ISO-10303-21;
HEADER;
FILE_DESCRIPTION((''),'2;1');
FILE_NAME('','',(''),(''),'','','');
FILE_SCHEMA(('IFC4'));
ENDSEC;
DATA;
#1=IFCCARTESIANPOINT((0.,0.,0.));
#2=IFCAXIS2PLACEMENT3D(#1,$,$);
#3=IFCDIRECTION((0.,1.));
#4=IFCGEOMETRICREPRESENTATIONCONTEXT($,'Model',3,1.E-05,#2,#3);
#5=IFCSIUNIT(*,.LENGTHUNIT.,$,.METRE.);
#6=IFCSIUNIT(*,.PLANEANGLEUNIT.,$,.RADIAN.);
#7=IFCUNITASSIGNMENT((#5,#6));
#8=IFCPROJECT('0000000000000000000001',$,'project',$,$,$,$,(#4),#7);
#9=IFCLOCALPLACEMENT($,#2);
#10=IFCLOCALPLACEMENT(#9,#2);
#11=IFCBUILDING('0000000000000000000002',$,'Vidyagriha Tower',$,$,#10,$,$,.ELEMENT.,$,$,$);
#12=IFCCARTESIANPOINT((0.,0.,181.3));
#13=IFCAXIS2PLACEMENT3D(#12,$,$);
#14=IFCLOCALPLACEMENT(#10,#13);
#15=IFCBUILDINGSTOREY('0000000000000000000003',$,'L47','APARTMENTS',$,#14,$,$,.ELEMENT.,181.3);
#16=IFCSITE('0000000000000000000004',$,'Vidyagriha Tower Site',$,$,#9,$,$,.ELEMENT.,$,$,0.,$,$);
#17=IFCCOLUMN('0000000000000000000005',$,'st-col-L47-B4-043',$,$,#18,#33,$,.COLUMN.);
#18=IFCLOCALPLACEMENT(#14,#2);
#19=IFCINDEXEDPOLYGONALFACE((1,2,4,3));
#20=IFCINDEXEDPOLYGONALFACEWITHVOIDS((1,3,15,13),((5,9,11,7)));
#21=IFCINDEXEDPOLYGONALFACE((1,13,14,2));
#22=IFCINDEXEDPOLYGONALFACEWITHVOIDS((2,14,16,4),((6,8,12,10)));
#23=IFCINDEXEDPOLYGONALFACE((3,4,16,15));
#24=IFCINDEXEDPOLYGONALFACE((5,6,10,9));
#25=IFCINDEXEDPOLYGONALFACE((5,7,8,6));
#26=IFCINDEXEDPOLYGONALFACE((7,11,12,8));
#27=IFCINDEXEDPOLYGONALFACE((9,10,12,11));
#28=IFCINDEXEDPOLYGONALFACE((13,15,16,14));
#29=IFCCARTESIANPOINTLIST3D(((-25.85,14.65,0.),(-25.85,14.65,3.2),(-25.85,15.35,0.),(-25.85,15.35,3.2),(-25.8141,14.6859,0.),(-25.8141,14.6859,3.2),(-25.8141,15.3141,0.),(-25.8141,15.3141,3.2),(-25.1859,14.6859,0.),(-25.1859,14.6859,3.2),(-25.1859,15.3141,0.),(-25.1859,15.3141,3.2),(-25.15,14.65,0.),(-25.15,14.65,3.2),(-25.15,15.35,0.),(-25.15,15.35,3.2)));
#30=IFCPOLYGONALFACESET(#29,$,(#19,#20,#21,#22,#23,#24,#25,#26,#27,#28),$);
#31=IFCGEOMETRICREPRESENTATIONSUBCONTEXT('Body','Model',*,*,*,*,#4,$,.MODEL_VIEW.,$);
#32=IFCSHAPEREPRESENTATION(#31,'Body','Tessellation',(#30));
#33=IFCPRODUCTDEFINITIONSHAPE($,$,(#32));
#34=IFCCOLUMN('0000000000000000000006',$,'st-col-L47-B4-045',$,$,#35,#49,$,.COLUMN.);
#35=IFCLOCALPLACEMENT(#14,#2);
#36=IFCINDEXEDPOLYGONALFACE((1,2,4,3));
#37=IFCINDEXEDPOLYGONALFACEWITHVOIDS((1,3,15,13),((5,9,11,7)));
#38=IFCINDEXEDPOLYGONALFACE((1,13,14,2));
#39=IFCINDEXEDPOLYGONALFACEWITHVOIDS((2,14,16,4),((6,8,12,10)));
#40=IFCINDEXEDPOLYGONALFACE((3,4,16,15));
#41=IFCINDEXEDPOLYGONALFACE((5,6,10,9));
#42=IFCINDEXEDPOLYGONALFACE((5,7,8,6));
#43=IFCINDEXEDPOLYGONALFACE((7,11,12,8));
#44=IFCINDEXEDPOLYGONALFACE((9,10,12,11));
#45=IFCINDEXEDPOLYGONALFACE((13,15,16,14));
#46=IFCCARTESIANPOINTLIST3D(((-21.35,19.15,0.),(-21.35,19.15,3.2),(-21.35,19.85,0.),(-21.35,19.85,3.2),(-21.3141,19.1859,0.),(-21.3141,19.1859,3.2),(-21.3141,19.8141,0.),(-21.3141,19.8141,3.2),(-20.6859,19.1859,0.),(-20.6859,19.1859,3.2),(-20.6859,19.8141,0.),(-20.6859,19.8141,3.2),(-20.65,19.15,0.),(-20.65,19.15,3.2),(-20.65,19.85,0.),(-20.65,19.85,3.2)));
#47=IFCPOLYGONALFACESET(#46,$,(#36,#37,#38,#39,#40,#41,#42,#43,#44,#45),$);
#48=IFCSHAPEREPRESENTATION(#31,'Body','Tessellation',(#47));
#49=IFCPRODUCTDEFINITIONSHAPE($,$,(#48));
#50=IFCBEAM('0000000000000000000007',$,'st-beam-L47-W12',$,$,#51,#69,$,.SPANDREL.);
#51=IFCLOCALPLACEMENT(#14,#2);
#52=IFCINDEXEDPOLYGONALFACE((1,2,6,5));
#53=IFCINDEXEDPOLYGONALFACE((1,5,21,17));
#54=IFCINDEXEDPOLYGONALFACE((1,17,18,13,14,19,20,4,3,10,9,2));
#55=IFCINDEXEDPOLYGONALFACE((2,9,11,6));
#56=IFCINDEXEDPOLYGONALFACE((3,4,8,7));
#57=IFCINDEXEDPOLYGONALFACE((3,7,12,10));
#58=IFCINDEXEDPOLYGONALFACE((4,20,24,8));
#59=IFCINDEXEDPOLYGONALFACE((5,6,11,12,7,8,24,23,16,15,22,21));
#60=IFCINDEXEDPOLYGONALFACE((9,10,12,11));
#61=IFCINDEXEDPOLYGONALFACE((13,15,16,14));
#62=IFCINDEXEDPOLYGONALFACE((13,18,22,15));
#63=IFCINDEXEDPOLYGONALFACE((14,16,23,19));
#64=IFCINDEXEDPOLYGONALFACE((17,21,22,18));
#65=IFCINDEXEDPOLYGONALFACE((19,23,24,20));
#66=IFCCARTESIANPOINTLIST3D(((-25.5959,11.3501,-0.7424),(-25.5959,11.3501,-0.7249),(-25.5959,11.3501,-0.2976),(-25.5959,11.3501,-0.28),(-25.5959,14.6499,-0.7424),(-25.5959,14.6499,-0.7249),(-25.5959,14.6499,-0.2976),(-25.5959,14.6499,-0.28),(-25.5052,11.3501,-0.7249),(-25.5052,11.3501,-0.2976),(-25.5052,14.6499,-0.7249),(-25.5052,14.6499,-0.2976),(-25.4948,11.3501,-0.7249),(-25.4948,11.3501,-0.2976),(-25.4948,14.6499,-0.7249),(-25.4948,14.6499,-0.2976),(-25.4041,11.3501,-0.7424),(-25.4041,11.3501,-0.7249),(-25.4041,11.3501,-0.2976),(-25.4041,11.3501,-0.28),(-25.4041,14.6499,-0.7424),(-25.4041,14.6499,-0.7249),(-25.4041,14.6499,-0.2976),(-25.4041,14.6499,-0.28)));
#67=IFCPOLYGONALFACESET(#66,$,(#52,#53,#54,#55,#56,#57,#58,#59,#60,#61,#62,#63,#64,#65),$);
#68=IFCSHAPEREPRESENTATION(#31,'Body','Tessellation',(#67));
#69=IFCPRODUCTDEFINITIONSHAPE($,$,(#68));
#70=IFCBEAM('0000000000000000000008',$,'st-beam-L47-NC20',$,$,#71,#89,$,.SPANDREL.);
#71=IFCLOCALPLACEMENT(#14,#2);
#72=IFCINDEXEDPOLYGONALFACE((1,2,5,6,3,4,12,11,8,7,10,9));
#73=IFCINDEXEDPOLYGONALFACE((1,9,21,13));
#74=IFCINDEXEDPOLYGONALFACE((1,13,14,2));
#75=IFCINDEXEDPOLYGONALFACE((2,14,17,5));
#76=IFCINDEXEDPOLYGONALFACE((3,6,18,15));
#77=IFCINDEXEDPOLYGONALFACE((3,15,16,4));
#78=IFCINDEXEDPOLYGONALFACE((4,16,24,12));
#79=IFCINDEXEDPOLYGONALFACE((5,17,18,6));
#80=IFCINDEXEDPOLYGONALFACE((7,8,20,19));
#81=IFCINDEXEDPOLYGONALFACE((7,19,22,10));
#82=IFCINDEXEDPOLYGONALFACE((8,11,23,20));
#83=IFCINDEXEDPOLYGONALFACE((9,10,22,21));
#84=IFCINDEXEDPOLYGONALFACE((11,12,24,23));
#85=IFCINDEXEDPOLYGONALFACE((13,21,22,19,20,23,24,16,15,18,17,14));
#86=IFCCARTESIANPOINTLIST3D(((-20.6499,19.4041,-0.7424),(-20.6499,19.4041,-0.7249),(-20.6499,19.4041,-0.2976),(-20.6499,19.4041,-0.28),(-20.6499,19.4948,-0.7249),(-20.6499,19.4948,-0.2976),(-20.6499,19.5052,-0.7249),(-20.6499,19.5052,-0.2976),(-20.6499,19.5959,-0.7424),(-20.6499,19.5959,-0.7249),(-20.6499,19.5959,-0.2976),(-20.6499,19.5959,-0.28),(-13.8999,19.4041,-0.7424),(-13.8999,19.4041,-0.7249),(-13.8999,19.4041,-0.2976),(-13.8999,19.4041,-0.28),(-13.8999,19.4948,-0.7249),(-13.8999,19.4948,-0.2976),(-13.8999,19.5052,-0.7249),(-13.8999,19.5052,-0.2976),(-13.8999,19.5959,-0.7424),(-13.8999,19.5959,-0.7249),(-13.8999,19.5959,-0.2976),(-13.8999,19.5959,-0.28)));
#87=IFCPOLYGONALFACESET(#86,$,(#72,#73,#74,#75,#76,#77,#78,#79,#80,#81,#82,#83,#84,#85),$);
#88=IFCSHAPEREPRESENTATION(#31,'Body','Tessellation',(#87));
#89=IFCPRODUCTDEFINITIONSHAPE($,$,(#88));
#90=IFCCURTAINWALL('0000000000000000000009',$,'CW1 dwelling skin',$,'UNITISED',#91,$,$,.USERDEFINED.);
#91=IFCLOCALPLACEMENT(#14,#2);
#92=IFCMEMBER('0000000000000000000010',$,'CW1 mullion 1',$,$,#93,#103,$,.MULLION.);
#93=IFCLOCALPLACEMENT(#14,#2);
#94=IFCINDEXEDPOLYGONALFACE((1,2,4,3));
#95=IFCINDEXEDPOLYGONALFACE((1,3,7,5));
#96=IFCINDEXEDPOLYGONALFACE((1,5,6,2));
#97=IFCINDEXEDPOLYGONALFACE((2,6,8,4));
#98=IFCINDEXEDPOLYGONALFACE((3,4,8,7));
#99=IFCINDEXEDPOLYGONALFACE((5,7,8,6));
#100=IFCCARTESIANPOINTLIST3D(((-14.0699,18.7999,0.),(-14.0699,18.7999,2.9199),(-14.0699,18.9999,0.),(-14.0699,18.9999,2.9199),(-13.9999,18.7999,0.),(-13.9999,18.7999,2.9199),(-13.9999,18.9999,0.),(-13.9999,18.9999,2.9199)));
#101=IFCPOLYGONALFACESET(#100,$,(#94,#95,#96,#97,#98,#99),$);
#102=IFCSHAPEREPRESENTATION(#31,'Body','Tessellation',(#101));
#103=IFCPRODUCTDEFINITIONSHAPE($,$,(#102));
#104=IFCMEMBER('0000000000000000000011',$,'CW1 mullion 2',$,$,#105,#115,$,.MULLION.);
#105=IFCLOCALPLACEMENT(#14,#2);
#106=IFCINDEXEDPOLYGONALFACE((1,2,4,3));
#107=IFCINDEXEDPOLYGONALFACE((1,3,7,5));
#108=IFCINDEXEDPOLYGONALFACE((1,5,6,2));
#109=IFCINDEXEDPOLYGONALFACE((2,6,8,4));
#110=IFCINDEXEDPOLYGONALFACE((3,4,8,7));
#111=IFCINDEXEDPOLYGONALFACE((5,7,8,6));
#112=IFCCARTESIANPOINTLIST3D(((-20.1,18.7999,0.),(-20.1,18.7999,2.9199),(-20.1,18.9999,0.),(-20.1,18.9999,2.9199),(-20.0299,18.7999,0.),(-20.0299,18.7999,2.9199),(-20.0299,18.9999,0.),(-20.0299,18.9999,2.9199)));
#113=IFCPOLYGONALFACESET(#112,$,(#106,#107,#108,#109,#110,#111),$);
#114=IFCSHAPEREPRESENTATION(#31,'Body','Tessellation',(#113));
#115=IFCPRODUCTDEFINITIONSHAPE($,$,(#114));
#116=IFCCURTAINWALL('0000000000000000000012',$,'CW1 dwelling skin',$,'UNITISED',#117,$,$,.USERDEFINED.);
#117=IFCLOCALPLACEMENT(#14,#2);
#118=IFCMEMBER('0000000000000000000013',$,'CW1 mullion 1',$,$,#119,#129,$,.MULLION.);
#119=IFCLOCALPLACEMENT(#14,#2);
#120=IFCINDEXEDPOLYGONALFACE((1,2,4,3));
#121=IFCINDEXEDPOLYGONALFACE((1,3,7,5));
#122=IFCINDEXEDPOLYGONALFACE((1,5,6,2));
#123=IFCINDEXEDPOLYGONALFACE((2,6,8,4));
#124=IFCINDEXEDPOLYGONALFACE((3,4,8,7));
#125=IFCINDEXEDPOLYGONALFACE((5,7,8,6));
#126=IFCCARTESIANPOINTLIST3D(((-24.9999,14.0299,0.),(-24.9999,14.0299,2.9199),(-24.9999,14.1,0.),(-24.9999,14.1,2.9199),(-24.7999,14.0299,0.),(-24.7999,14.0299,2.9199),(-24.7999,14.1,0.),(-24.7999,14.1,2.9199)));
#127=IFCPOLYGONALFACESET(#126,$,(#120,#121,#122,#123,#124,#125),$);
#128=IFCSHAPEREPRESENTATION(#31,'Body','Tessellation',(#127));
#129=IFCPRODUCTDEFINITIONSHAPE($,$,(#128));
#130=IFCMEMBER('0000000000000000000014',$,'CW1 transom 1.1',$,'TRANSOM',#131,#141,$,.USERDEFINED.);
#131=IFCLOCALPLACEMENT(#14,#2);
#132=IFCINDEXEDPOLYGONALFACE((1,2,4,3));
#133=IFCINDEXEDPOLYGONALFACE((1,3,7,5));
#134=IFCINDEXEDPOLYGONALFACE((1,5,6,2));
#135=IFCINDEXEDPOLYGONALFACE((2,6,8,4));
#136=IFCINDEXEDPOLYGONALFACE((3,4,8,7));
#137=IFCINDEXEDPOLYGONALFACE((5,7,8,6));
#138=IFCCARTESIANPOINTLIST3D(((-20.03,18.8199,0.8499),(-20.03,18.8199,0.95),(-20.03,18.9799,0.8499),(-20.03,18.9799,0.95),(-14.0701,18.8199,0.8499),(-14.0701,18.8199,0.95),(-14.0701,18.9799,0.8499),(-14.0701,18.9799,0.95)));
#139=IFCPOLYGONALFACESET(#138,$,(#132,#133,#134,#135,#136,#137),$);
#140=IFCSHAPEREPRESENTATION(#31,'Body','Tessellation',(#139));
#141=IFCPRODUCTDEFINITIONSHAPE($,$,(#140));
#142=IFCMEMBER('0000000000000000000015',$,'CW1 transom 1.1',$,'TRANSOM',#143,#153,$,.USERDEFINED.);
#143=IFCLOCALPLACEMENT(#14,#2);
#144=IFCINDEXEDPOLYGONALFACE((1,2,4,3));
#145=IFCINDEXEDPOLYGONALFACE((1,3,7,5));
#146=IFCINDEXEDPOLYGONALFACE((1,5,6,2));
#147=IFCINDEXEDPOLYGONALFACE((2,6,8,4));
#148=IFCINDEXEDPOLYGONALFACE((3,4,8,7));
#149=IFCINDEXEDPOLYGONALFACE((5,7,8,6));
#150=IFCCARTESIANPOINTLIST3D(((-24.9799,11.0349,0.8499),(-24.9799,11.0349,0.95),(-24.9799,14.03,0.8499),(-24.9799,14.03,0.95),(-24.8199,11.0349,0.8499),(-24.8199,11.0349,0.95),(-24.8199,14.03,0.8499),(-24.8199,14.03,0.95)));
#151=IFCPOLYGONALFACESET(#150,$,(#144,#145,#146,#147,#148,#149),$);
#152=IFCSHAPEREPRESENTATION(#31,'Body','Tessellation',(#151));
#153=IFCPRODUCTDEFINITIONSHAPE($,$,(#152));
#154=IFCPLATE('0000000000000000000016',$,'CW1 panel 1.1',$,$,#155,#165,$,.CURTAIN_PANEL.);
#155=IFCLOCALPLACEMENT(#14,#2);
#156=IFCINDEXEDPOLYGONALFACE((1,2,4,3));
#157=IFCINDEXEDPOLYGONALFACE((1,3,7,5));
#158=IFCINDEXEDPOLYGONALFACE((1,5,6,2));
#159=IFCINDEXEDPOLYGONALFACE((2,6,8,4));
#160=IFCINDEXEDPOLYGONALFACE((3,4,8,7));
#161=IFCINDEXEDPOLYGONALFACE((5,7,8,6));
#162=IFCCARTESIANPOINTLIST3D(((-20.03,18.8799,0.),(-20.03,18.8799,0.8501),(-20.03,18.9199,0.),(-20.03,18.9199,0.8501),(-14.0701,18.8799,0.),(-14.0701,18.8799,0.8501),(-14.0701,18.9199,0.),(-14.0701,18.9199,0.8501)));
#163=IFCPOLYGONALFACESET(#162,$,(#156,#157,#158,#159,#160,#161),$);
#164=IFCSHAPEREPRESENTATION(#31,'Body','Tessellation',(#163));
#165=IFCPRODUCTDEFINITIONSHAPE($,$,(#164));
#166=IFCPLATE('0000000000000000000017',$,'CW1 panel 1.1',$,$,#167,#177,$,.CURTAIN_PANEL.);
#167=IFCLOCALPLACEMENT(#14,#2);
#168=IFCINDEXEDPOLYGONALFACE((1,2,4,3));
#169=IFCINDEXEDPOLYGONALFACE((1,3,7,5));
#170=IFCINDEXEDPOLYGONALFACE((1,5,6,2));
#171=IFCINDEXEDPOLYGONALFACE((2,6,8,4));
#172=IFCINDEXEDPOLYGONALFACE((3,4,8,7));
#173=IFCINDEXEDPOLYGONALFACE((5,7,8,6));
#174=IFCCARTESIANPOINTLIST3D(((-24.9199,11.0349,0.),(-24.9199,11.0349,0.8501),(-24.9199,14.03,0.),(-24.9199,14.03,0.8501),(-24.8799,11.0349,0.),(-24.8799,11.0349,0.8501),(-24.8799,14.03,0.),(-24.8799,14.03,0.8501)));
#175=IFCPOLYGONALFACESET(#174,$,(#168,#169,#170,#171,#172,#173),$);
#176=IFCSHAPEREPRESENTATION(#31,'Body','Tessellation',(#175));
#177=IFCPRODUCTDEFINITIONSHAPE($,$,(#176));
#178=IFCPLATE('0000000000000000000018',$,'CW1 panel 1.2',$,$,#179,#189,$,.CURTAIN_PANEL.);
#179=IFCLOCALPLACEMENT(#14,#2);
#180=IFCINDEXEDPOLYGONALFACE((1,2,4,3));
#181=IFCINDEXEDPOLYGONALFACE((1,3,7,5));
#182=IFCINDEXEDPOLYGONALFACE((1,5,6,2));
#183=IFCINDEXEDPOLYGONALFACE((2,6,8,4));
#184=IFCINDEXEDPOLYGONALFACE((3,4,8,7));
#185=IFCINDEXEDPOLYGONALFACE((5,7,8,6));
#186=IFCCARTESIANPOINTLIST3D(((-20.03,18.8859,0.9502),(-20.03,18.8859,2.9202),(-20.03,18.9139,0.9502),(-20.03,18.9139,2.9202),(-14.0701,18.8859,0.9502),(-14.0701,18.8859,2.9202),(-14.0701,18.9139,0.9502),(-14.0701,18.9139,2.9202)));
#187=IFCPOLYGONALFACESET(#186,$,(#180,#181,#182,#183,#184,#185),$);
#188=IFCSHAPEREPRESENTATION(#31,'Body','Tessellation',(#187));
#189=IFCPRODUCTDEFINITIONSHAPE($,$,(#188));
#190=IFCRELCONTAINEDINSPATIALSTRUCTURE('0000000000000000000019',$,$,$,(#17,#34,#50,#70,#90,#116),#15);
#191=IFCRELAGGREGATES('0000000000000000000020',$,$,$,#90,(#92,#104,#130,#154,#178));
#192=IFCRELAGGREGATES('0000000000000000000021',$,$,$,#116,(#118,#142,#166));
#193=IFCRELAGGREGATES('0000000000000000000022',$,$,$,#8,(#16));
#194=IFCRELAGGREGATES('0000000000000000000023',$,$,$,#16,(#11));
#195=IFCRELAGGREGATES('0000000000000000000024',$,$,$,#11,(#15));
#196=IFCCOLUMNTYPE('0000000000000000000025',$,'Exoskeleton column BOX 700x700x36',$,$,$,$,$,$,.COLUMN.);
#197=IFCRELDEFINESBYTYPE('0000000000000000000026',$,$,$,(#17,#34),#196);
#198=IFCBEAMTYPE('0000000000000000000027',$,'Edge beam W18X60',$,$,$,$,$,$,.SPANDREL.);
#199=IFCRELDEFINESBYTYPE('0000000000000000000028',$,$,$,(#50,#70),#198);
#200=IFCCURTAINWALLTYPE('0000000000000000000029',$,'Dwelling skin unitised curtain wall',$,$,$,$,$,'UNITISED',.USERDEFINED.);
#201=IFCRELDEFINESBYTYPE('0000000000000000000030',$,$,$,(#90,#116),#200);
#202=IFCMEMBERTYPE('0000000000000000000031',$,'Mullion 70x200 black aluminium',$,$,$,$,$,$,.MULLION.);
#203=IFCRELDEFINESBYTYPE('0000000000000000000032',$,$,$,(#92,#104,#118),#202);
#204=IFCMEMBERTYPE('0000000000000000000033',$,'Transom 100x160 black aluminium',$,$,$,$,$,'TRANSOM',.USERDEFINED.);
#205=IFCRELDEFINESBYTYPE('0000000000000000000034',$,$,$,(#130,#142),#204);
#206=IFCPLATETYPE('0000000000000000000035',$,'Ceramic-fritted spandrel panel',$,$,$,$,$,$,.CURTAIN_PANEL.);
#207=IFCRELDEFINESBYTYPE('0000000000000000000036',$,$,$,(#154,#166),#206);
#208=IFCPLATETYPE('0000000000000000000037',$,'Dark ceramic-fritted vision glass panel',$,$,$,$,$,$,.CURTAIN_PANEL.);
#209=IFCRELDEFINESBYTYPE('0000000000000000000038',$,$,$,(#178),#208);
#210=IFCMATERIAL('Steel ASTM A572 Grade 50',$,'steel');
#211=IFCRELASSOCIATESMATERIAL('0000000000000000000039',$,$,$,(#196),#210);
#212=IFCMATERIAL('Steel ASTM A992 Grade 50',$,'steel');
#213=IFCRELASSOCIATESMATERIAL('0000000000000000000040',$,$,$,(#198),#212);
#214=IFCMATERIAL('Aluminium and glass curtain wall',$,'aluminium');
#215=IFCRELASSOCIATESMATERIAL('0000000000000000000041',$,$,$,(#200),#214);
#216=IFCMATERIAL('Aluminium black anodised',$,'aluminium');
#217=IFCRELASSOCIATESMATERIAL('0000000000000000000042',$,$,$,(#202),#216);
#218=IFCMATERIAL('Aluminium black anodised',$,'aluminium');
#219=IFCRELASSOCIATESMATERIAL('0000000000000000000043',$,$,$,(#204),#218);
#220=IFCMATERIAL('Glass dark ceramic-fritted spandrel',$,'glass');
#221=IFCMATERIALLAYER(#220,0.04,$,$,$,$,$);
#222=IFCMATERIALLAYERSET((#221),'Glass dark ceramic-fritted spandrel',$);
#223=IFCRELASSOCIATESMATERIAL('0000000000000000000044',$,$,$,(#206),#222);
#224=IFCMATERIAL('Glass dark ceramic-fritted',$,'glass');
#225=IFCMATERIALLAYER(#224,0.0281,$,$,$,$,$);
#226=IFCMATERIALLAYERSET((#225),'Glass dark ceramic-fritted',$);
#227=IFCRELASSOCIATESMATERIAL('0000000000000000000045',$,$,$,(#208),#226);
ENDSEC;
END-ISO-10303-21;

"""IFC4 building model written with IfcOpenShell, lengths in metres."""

from ifc_helpers import new_model, si_unit, direction, frame, origin, origin_2d, place, context, subcontext, project, spatial, rectangle, hollow_rectangle, i_section, extrude, material, layer, layer_set, material_profile, profile_set, type_object, element, aggregate, save


model = new_model("IFC4")

# Units and contexts
model_context = context("Model", 3, precision=1e-05, world=origin(), true_north=direction((0.0, 1.0)))
body_context = subcontext(model_context, "Body", "Model", "MODEL_VIEW")
ifc_project = project(units=[si_unit("LENGTHUNIT", "METRE"), si_unit("PLANEANGLEUNIT", "RADIAN")], contexts=[model_context])

# Site, building, storey
site_placement = place(None, origin())
site = spatial("IfcSite", under=ifc_project, at=site_placement, Name="Vidyagriha Tower Site", CompositionType="ELEMENT", RefElevation=0.0)
building_placement = place(site_placement, origin())
building = spatial("IfcBuilding", under=site, at=building_placement, Name="Vidyagriha Tower", CompositionType="ELEMENT")
storey_placement = place(building_placement, frame((0.0, 0.0, 181.3)))
storey = spatial("IfcBuildingStorey", under=building, at=storey_placement, Name="L47", Description="APARTMENTS", CompositionType="ELEMENT", Elevation=181.3)

# Columns
ifc_material_1 = material(Name="Steel ASTM A572 Grade 50", Category="steel")
ifc_material_profile_1 = material_profile(ifc_material_1, hollow_rectangle(XDim=0.7, YDim=0.7, WallThickness=0.0359, at=origin_2d()), Name="BOX 700x700x36")
ifc_profile_set_1 = profile_set([ifc_material_profile_1], Name="Steel ASTM A572 Grade 50")
column_type = type_object("IfcColumnType", Name="Exoskeleton column BOX 700x700x36", PredefinedType="COLUMN", material=ifc_profile_set_1)
for number, where, name in (
    (1, (-25.5, 15.0, 0.0), "st-col-L47-B4-043"),
    (2, (-21.0, 19.5, 0.0), "st-col-L47-B4-045"),
):
    element("IfcColumn", number, at=place(storey_placement, frame(where)), inside=storey, type_object=column_type, Name=name, PredefinedType="COLUMN", context=body_context, shape_type="SweptSolid", body=[
        extrude(hollow_rectangle(XDim=0.7, YDim=0.7, WallThickness=0.0359, at=origin_2d()), origin(), (0.0, 0.0, 1.0), 3.2),
    ])

# Beams
ifc_material_2 = material(Name="Steel ASTM A992 Grade 50", Category="steel")
ifc_material_profile_2 = material_profile(ifc_material_2, i_section(OverallWidth=0.1919, OverallDepth=0.4624, WebThickness=0.0105, FlangeThickness=0.0176, at=origin_2d()), Name="W18X60")
ifc_profile_set_2 = profile_set([ifc_material_profile_2], Name="Steel ASTM A992 Grade 50")
beam_type = type_object("IfcBeamType", Name="Edge beam W18X60", PredefinedType="SPANDREL", material=ifc_profile_set_2)
beam_1_placement = place(storey_placement, frame((-25.5, 11.3501, -0.5112), z_axis=(0.0, 1.0, 0.0), x_axis=(-1.0, 0.0, 0.0)))
element("IfcBeam", 3, at=beam_1_placement, inside=storey, type_object=beam_type, Name="st-beam-L47-W12", PredefinedType="SPANDREL", context=body_context, shape_type="SweptSolid", body=[
    extrude(i_section(OverallWidth=0.1919, OverallDepth=0.4624, WebThickness=0.0105, FlangeThickness=0.0176, at=origin_2d()), origin(), (0.0, 0.0, 1.0), 3.2998),
])
beam_2_placement = place(storey_placement, frame((-20.6499, 19.5, -0.5112), z_axis=(1.0, 0.0, 0.0), x_axis=(0.0, 1.0, 0.0)))
element("IfcBeam", 4, at=beam_2_placement, inside=storey, type_object=beam_type, Name="st-beam-L47-NC20", PredefinedType="SPANDREL", context=body_context, shape_type="SweptSolid", body=[
    extrude(i_section(OverallWidth=0.1919, OverallDepth=0.4624, WebThickness=0.0105, FlangeThickness=0.0176, at=origin_2d()), origin(), (0.0, 0.0, 1.0), 6.75),
])

# Curtain wall, members
ifc_material_3 = material(Name="Aluminium and glass curtain wall", Category="aluminium")
curtain_wall_type = type_object("IfcCurtainWallType", Name="Dwelling skin unitised curtain wall", ElementType="UNITISED", PredefinedType="USERDEFINED", material=ifc_material_3)
curtain_wall_1_placement = place(storey_placement, origin())
curtain_wall_1 = element("IfcCurtainWall", 5, at=curtain_wall_1_placement, inside=storey, type_object=curtain_wall_type, Name="CW1 dwelling skin", ObjectType="UNITISED", PredefinedType="USERDEFINED")
ifc_material_4 = material(Name="Aluminium black anodised", Category="aluminium")
ifc_material_profile_3 = material_profile(ifc_material_4, rectangle(XDim=0.2, YDim=0.0701, at=origin_2d()), Name="Mullion 70x200 black aluminium")
ifc_profile_set_3 = profile_set([ifc_material_profile_3], Name="Aluminium black anodised")
member_type_1 = type_object("IfcMemberType", Name="Mullion 70x200 black aluminium", PredefinedType="MULLION", material=ifc_profile_set_3)
member_1_placement = place(storey_placement, frame((-14.0349, 18.8999, 0.0), z_axis=(0.0, 0.0, 1.0), x_axis=(0.0, -1.0, 0.0)))
member_1 = element("IfcMember", 6, at=member_1_placement, type_object=member_type_1, Name="CW1 mullion 1", PredefinedType="MULLION", context=body_context, shape_type="SweptSolid", body=[
    extrude(rectangle(XDim=0.2, YDim=0.0701, at=origin_2d()), origin(), (0.0, 0.0, 1.0), 2.9199),
])
member_2_placement = place(storey_placement, frame((-20.0649, 18.8999, 0.0), z_axis=(0.0, 0.0, 1.0), x_axis=(0.0, -1.0, 0.0)))
member_2 = element("IfcMember", 7, at=member_2_placement, type_object=member_type_1, Name="CW1 mullion 2", PredefinedType="MULLION", context=body_context, shape_type="SweptSolid", body=[
    extrude(rectangle(XDim=0.2, YDim=0.0701, at=origin_2d()), origin(), (0.0, 0.0, 1.0), 2.9199),
])

# Curtain wall, member
curtain_wall_2_placement = place(storey_placement, origin())
curtain_wall_2 = element("IfcCurtainWall", 8, at=curtain_wall_2_placement, inside=storey, type_object=curtain_wall_type, Name="CW1 dwelling skin", ObjectType="UNITISED", PredefinedType="USERDEFINED")
member_3_placement = place(storey_placement, frame((-24.8999, 14.0649, 0.0)))
member_3 = element("IfcMember", 9, at=member_3_placement, type_object=member_type_1, Name="CW1 mullion 1", PredefinedType="MULLION", context=body_context, shape_type="SweptSolid", body=[
    extrude(rectangle(XDim=0.2, YDim=0.0701, at=origin_2d()), origin(), (0.0, 0.0, 1.0), 2.9199),
])

# Members
ifc_material_5 = material(Name="Aluminium black anodised", Category="aluminium")
ifc_material_profile_4 = material_profile(ifc_material_5, rectangle(XDim=0.1599, YDim=0.1001, at=origin_2d()), Name="Transom 100x160 black aluminium")
ifc_profile_set_4 = profile_set([ifc_material_profile_4], Name="Aluminium black anodised")
member_type_2 = type_object("IfcMemberType", Name="Transom 100x160 black aluminium", ElementType="TRANSOM", PredefinedType="USERDEFINED", material=ifc_profile_set_4)
member_4_placement = place(storey_placement, frame((-14.0701, 18.8999, 0.8999), z_axis=(-1.0, 0.0, 0.0), x_axis=(0.0, -1.0, 0.0)))
member_4 = element("IfcMember", 10, at=member_4_placement, type_object=member_type_2, Name="CW1 transom 1.1", ObjectType="TRANSOM", PredefinedType="USERDEFINED", context=body_context, shape_type="SweptSolid", body=[
    extrude(rectangle(XDim=0.1599, YDim=0.1001, at=origin_2d()), origin(), (0.0, 0.0, 1.0), 5.96),
])
member_5_placement = place(storey_placement, frame((-24.8999, 14.03, 0.8999), z_axis=(0.0, -1.0, 0.0), x_axis=(1.0, 0.0, 0.0)))
member_5 = element("IfcMember", 11, at=member_5_placement, type_object=member_type_2, Name="CW1 transom 1.1", ObjectType="TRANSOM", PredefinedType="USERDEFINED", context=body_context, shape_type="SweptSolid", body=[
    extrude(rectangle(XDim=0.1599, YDim=0.1001, at=origin_2d()), origin(), (0.0, 0.0, 1.0), 2.9951),
])

# Plates
ifc_material_6 = material(Name="Glass dark ceramic-fritted spandrel", Category="glass")
ifc_layer_1 = layer(ifc_material_6, 0.04)
ifc_layer_set_1 = layer_set([ifc_layer_1], Name="Glass dark ceramic-fritted spandrel")
plate_type_1 = type_object("IfcPlateType", Name="Ceramic-fritted spandrel panel", PredefinedType="CURTAIN_PANEL", material=ifc_layer_set_1)
plate_1_placement = place(storey_placement, frame((-17.05, 18.8999, 0.0), z_axis=(0.0, 0.0, 1.0), x_axis=(-1.0, 0.0, 0.0)))
plate_1 = element("IfcPlate", 12, at=plate_1_placement, type_object=plate_type_1, Name="CW1 panel 1.1", PredefinedType="CURTAIN_PANEL", context=body_context, shape_type="SweptSolid", body=[
    extrude(rectangle(XDim=5.96, YDim=0.04, at=origin_2d()), origin(), (0.0, 0.0, 1.0), 0.8501),
])
plate_2_placement = place(storey_placement, frame((-24.8999, 12.5325, 0.0), z_axis=(0.0, 0.0, 1.0), x_axis=(0.0, -1.0, 0.0)))
plate_2 = element("IfcPlate", 13, at=plate_2_placement, type_object=plate_type_1, Name="CW1 panel 1.1", PredefinedType="CURTAIN_PANEL", context=body_context, shape_type="SweptSolid", body=[
    extrude(rectangle(XDim=2.9951, YDim=0.04, at=origin_2d()), origin(), (0.0, 0.0, 1.0), 0.8501),
])
ifc_material_7 = material(Name="Glass dark ceramic-fritted", Category="glass")
ifc_layer_2 = layer(ifc_material_7, 0.0281)
ifc_layer_set_2 = layer_set([ifc_layer_2], Name="Glass dark ceramic-fritted")
plate_type_2 = type_object("IfcPlateType", Name="Dark ceramic-fritted vision glass panel", PredefinedType="CURTAIN_PANEL", material=ifc_layer_set_2)
plate_3_placement = place(storey_placement, frame((-17.05, 18.8999, 0.9502), z_axis=(0.0, 0.0, 1.0), x_axis=(-1.0, 0.0, 0.0)))
plate_3 = element("IfcPlate", 14, at=plate_3_placement, type_object=plate_type_2, Name="CW1 panel 1.2", PredefinedType="CURTAIN_PANEL", context=body_context, shape_type="SweptSolid", body=[
    extrude(rectangle(XDim=5.96, YDim=0.0281, at=origin_2d()), origin(), (0.0, 0.0, 1.0), 1.97),
])
aggregate(curtain_wall_1, [member_1, member_2, member_4, plate_1, plate_3])
aggregate(curtain_wall_2, [member_3, member_5, plate_2])

save(model, "model.ifc")
